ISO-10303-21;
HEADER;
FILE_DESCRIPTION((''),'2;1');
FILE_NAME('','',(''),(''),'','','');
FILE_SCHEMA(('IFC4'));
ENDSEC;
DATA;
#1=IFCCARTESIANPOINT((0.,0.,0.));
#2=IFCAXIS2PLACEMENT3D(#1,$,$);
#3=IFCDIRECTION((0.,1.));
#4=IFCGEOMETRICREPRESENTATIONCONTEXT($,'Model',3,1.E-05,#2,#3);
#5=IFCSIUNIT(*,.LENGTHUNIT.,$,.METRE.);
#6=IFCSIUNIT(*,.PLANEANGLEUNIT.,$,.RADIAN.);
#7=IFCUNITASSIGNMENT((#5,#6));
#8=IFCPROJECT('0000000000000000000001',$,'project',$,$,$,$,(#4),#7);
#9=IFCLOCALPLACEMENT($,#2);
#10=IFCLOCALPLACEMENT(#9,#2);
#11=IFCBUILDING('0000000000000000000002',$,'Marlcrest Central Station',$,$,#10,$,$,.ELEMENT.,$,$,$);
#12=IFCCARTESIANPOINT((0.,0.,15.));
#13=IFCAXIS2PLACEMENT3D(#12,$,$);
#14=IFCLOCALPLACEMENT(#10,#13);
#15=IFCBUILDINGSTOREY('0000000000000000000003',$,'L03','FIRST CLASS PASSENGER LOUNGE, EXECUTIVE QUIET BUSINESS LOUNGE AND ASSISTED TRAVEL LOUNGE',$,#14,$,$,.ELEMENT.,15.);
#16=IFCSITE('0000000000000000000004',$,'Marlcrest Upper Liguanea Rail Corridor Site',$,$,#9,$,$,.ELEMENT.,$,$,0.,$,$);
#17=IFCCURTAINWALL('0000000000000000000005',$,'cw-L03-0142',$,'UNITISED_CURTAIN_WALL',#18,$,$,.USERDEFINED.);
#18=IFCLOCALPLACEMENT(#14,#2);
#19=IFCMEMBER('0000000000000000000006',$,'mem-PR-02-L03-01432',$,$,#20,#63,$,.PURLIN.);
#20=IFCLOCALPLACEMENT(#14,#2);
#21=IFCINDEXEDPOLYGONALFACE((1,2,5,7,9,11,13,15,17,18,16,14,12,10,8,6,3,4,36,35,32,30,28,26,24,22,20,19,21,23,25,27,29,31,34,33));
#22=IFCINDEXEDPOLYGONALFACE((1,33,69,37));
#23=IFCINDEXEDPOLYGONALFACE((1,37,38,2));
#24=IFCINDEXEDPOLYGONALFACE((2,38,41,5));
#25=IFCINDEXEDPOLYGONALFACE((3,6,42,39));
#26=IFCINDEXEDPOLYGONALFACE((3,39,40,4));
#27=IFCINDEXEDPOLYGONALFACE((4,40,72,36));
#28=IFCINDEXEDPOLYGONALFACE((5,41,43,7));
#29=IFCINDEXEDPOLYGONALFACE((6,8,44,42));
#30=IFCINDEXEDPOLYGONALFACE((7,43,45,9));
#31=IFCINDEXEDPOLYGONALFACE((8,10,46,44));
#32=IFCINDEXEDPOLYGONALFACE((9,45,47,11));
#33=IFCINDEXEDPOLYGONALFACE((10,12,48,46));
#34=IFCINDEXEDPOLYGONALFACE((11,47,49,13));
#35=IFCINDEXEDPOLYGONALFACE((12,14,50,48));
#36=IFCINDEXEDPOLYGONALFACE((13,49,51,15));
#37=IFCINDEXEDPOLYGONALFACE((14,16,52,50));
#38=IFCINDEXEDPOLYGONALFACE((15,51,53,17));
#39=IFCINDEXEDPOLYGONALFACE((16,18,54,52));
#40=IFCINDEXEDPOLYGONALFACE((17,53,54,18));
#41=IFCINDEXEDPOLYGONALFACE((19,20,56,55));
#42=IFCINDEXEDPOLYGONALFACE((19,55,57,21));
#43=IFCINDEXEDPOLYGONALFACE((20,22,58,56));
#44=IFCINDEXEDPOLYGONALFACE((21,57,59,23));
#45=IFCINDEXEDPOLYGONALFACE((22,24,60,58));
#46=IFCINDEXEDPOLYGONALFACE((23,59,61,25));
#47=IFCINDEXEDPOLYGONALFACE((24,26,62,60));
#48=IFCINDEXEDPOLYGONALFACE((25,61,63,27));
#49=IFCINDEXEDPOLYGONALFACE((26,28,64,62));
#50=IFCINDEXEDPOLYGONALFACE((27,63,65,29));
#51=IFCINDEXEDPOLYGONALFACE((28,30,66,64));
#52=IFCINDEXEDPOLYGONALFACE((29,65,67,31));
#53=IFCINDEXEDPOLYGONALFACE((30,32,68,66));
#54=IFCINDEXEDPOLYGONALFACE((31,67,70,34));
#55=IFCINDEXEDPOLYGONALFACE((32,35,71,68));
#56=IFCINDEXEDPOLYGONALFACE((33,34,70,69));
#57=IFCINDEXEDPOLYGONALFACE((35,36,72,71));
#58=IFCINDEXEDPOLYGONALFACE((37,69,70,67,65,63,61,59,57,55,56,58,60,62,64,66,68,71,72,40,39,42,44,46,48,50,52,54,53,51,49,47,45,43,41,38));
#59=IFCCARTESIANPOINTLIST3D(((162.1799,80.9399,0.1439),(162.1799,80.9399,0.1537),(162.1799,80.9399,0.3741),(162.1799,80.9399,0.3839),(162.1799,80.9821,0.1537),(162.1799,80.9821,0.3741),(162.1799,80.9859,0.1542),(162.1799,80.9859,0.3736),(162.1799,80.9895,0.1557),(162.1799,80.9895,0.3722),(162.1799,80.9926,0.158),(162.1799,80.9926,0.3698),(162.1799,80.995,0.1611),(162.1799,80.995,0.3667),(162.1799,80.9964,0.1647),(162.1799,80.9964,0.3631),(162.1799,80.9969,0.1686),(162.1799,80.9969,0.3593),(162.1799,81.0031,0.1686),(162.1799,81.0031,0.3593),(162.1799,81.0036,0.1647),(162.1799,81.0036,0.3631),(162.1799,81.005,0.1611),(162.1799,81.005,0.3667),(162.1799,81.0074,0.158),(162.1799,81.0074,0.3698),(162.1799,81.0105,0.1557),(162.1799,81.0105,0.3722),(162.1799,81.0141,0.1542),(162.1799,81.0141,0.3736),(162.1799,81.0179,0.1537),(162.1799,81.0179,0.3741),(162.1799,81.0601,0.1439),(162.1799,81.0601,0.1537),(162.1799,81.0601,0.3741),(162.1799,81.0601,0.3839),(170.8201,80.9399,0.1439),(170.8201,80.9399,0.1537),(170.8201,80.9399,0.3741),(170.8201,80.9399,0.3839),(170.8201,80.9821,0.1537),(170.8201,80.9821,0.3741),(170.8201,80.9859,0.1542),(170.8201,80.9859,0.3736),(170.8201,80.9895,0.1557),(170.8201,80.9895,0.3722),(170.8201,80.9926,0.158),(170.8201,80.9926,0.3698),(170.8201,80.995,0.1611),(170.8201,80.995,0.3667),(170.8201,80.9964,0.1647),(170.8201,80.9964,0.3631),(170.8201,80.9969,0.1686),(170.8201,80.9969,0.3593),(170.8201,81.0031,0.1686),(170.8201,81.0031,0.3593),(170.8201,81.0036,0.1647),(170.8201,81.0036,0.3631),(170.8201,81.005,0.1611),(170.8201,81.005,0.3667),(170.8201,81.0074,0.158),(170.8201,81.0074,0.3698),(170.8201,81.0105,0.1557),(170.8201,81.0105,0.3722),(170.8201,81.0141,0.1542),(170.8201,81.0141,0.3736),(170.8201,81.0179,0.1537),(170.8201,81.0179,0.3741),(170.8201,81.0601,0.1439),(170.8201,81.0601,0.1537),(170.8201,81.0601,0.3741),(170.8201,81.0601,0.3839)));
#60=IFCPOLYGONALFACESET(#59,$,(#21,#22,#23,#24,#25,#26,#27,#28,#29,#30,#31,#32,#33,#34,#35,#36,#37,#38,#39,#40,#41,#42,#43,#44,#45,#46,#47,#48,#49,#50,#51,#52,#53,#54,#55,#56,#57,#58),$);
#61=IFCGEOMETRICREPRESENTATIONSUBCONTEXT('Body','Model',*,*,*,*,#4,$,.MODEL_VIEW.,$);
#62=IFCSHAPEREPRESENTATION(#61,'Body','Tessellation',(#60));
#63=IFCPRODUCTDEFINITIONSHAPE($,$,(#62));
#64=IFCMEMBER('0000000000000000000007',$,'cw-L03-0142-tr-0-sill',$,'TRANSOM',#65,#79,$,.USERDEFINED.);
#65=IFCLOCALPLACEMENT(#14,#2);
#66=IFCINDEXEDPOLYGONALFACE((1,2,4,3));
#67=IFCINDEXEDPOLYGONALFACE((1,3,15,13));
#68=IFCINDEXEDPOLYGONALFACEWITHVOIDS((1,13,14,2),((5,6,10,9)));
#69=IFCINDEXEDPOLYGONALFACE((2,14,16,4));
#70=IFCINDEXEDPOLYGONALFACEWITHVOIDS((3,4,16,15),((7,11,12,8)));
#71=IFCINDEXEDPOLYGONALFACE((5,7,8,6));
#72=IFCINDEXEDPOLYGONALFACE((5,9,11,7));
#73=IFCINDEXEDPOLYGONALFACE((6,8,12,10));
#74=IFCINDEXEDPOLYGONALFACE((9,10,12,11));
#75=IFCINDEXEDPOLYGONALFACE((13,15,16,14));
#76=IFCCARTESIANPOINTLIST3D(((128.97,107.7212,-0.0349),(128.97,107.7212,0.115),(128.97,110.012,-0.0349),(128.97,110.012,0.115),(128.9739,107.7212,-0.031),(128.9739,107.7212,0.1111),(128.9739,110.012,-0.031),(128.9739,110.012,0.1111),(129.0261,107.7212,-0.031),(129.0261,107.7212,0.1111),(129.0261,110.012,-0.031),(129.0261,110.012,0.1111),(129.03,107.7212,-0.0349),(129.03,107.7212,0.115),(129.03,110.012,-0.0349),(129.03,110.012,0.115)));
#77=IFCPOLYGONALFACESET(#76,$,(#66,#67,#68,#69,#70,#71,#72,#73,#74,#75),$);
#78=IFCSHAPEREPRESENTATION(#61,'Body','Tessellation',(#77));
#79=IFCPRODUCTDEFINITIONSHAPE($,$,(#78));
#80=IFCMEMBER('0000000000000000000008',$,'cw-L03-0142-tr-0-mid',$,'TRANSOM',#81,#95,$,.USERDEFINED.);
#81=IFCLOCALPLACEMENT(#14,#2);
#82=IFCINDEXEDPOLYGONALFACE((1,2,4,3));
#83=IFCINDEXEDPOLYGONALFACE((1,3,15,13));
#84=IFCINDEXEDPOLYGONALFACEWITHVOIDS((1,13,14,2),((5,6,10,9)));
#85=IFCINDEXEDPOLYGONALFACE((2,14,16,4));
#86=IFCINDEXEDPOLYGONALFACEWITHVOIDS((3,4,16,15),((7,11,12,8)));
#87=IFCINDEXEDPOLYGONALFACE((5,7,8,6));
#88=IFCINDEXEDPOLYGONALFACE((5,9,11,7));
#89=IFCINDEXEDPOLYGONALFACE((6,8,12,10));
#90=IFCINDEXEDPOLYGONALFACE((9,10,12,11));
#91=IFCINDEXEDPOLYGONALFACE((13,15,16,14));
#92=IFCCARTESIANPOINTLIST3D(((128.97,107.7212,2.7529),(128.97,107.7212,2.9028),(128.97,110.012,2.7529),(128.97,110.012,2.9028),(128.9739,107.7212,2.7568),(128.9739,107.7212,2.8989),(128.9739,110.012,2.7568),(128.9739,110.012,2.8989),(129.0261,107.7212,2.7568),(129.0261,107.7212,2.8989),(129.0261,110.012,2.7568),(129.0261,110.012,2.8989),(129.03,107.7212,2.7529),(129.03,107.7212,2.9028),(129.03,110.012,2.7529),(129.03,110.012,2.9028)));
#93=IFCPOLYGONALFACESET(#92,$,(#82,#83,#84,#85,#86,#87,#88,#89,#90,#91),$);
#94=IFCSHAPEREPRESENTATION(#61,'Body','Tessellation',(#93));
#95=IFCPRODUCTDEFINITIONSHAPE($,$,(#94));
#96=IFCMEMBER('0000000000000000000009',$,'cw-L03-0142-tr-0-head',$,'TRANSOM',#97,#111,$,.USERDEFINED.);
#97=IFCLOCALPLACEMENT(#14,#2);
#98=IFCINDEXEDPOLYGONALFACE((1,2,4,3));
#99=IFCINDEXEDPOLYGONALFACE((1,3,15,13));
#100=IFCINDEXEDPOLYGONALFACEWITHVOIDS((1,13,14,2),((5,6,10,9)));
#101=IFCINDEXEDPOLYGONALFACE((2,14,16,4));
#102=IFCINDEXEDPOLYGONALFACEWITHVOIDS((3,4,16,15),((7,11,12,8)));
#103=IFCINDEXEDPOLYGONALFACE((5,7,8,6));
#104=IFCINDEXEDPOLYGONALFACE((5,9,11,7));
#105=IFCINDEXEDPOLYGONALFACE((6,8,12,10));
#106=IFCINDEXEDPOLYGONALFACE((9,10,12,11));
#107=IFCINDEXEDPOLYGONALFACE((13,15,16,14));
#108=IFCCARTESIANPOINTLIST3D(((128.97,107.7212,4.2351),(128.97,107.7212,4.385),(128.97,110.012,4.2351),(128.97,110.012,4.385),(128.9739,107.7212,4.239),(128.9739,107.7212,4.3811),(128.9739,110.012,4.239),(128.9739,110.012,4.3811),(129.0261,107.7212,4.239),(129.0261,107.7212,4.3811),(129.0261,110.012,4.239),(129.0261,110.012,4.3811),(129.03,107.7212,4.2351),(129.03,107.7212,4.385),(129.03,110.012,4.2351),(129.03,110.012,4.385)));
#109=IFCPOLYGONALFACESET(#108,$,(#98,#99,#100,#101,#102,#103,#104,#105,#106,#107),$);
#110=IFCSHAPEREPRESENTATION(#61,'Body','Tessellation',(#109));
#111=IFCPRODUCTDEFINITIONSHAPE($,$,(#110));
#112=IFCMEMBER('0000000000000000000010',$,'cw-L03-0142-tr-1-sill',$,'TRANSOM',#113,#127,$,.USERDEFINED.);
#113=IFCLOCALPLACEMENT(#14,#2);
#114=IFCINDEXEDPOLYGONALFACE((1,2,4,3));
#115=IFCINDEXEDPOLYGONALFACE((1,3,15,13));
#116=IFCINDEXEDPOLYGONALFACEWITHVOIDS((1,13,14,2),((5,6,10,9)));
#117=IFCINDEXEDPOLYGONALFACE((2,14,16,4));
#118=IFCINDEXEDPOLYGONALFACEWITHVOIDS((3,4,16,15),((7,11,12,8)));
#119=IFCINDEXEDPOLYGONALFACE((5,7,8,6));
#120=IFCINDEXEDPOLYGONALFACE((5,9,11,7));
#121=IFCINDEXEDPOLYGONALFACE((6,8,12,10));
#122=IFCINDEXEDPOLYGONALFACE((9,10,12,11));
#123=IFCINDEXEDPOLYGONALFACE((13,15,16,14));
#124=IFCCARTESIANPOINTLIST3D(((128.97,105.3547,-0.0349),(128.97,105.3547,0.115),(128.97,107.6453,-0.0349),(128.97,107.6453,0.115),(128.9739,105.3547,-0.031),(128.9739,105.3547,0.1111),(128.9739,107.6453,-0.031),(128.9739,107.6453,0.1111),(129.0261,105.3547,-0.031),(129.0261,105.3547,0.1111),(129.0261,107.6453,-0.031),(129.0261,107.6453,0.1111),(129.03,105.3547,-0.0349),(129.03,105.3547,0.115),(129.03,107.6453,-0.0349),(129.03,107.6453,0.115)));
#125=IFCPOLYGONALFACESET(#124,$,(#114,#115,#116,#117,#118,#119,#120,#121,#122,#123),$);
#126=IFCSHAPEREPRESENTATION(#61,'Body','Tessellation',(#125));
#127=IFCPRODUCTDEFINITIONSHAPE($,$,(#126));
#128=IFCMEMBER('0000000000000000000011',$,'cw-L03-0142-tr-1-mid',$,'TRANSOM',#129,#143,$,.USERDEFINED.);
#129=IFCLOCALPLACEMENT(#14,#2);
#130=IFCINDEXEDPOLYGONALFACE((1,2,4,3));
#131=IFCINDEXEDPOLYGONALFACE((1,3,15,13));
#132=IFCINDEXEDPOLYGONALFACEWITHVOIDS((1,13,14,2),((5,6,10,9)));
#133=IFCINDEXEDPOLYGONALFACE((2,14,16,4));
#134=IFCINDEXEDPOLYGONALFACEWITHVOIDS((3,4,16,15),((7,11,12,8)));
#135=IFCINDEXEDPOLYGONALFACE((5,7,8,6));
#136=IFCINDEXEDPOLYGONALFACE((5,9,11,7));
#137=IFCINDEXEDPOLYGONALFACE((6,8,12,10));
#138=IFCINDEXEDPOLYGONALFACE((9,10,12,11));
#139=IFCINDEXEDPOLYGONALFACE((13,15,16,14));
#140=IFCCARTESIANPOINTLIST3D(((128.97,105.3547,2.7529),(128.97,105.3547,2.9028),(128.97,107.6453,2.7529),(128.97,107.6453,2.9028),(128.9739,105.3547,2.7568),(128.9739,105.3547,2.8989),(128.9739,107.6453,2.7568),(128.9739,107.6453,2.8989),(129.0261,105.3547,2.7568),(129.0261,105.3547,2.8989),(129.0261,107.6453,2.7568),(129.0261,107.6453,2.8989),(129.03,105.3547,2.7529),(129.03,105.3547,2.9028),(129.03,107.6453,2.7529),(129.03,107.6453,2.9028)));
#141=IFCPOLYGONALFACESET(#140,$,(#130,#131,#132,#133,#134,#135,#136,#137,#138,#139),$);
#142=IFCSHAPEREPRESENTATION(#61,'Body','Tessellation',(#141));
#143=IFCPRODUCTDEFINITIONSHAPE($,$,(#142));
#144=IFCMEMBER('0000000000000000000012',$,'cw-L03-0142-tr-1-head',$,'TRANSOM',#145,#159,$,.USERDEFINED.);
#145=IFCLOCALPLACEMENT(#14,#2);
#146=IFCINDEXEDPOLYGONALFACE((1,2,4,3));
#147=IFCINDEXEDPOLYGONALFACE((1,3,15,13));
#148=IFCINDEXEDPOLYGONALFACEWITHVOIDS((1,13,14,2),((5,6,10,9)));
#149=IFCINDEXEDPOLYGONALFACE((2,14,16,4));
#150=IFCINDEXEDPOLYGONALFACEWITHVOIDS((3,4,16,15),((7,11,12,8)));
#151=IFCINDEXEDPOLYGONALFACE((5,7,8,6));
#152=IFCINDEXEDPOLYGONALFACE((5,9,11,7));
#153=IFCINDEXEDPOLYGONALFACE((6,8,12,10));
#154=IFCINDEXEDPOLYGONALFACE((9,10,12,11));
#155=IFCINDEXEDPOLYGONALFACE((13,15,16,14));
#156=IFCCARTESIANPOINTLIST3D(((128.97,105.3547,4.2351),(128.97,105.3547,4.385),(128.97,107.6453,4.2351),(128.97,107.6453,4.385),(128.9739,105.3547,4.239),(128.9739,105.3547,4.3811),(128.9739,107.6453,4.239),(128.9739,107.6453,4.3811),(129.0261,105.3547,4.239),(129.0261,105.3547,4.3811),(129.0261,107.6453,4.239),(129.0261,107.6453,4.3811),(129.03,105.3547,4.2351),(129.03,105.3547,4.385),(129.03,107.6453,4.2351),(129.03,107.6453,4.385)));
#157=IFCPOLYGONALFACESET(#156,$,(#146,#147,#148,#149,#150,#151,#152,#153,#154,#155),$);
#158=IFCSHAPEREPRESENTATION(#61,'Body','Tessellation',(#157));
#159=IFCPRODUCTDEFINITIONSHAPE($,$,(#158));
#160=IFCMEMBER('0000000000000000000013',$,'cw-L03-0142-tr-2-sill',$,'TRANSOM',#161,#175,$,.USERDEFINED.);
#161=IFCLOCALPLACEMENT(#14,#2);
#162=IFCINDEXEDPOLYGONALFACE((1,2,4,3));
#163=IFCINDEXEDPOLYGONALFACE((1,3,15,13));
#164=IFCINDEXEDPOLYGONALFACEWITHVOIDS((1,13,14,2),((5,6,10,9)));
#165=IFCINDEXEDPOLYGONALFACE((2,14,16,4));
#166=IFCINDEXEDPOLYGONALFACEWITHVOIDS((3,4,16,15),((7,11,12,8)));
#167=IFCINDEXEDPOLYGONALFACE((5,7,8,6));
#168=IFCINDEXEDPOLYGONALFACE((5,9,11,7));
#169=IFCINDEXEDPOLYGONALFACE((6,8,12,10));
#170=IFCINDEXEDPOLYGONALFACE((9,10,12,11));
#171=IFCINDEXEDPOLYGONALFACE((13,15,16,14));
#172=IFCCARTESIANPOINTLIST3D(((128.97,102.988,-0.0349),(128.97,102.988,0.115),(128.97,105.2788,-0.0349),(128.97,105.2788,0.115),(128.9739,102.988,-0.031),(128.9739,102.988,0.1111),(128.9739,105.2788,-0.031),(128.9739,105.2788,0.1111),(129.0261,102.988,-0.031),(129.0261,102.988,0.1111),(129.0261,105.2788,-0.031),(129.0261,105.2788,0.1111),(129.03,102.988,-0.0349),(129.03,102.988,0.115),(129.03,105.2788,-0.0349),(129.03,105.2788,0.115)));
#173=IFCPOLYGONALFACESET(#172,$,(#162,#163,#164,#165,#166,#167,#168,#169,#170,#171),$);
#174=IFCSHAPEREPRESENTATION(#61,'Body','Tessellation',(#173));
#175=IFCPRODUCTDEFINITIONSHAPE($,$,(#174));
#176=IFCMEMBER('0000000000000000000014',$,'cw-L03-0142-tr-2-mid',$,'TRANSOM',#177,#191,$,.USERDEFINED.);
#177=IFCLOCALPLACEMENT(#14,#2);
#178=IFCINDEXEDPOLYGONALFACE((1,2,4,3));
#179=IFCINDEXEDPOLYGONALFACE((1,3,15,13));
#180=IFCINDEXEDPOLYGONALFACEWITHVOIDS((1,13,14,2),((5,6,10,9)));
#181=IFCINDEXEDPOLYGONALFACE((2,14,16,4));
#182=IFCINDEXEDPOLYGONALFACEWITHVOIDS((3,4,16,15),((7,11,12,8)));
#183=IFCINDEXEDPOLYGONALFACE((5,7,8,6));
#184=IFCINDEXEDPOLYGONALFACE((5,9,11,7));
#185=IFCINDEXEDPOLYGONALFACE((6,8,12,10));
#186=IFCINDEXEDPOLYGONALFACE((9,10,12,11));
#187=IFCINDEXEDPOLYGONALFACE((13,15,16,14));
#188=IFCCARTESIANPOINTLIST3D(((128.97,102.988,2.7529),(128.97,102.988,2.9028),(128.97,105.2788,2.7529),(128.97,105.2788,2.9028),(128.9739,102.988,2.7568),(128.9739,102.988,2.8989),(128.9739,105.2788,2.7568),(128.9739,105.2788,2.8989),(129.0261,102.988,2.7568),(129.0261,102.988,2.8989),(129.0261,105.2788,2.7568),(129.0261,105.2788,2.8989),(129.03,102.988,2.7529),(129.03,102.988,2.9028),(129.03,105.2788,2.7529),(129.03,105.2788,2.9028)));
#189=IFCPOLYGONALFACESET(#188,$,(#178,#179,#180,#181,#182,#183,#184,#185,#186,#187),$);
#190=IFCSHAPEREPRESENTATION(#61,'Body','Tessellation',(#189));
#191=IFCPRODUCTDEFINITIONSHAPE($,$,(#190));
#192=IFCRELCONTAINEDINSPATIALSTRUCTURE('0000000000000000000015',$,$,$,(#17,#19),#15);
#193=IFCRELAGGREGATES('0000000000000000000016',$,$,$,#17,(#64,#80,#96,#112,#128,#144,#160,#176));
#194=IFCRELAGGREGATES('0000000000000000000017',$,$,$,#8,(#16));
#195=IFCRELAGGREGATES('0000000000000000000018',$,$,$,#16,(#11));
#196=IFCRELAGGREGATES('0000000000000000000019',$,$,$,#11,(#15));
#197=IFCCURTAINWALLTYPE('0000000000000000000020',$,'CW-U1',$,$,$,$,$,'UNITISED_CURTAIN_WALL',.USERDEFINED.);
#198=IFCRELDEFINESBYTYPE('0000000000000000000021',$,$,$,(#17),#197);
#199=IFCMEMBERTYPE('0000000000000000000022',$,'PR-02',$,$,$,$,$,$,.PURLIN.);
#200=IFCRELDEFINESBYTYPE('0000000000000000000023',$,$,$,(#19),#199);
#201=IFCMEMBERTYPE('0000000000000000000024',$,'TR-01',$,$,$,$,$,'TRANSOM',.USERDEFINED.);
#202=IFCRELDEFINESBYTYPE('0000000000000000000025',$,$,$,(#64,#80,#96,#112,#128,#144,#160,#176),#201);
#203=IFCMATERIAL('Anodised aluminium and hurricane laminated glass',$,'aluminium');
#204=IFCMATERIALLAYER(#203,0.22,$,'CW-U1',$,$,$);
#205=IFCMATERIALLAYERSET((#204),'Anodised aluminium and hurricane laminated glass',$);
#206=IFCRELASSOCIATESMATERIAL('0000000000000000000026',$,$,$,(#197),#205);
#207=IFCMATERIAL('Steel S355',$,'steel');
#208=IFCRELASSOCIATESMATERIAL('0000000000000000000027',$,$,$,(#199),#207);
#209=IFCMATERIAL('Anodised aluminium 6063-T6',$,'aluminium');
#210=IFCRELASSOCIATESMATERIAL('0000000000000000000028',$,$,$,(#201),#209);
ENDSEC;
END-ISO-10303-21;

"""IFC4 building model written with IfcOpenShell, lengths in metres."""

from ifc_helpers import new_model, si_unit, direction, frame, origin, origin_2d, place, context, subcontext, project, spatial, hollow_rectangle, i_section, extrude, material, layer, layer_set, material_profile, profile_set, type_object, element, aggregate, save


model = new_model("IFC4")

# Units and contexts
model_context = context("Model", 3, precision=1e-05, world=origin(), true_north=direction((0.0, 1.0)))
body_context = subcontext(model_context, "Body", "Model", "MODEL_VIEW")
ifc_project = project(units=[si_unit("LENGTHUNIT", "METRE"), si_unit("PLANEANGLEUNIT", "RADIAN")], contexts=[model_context])

# Site, building, storey
site_placement = place(None, origin())
site = spatial("IfcSite", under=ifc_project, at=site_placement, Name="Marlcrest Upper Liguanea Rail Corridor Site", CompositionType="ELEMENT", RefElevation=0.0)
building_placement = place(site_placement, origin())
building = spatial("IfcBuilding", under=site, at=building_placement, Name="Marlcrest Central Station", CompositionType="ELEMENT")
storey_placement = place(building_placement, frame((0.0, 0.0, 15.0)))
storey = spatial("IfcBuildingStorey", under=building, at=storey_placement, Name="L03", Description="FIRST CLASS PASSENGER LOUNGE, EXECUTIVE QUIET BUSINESS LOUNGE AND ASSISTED TRAVEL LOUNGE", CompositionType="ELEMENT", Elevation=15.0)

# Shared definitions
ifc_material_1 = material(Name="Steel S355", Category="steel")

# Shared definitions
ifc_material_2 = material(Name="Anodised aluminium and hurricane laminated glass", Category="aluminium")
ifc_layer_1 = layer(ifc_material_2, 0.22, Name="CW-U1")
ifc_layer_set_1 = layer_set([ifc_layer_1], Name="Anodised aluminium and hurricane laminated glass")
curtain_wall_type = type_object("IfcCurtainWallType", Name="CW-U1", ElementType="UNITISED_CURTAIN_WALL", PredefinedType="USERDEFINED", material=ifc_layer_set_1)
ifc_material_3 = material(Name="Anodised aluminium 6063-T6", Category="aluminium")

# Curtain wall
curtain_wall_1_placement = place(storey_placement, origin())
curtain_wall_1 = element("IfcCurtainWall", 1, at=curtain_wall_1_placement, inside=storey, type_object=curtain_wall_type, Name="cw-L03-0142", ObjectType="UNITISED_CURTAIN_WALL", PredefinedType="USERDEFINED")

# Member
ifc_material_profile_1 = material_profile(ifc_material_1, i_section(OverallWidth=0.1201, OverallDepth=0.24, WebThickness=0.0061, FlangeThickness=0.0098, FilletRadius=0.0149, at=origin_2d()), Name="IPE 240")
ifc_profile_set_1 = profile_set([ifc_material_profile_1], Name="Steel S355")
member_type_1 = type_object("IfcMemberType", Name="PR-02", PredefinedType="PURLIN", material=ifc_profile_set_1)
for number, where, z_axis, x_axis, name in (
    (2, (162.1799, 81.0, 0.2639), (1.0, 0.0, 0.0), (0.0, 1.0, 0.0), "mem-PR-02-L03-01432"),
):
    element("IfcMember", number, at=place(storey_placement, frame(where, z_axis=z_axis, x_axis=x_axis)), inside=storey, type_object=member_type_1, Name=name, PredefinedType="PURLIN", context=body_context, shape_type="SweptSolid", body=[
        extrude(i_section(OverallWidth=0.1201, OverallDepth=0.24, WebThickness=0.0061, FlangeThickness=0.0098, FilletRadius=0.0149, at=origin_2d()), origin(), (0.0, 0.0, 1.0), 8.6401),
    ])

# Members
ifc_material_profile_2 = material_profile(ifc_material_3, hollow_rectangle(XDim=0.0601, YDim=0.1499, WallThickness=0.0039, at=origin_2d()), Name="AA-RHS 150x60x4")
ifc_profile_set_2 = profile_set([ifc_material_profile_2], Name="Anodised aluminium 6063-T6")
member_type_2 = type_object("IfcMemberType", Name="TR-01", ElementType="TRANSOM", PredefinedType="USERDEFINED", material=ifc_profile_set_2)
member_1_placement = place(storey_placement, frame((129.0, 110.012, 0.04), z_axis=(0.0, -1.0, 0.0), x_axis=(1.0, 0.0, 0.0)))
member_1 = element("IfcMember", 3, at=member_1_placement, type_object=member_type_2, Name="cw-L03-0142-tr-0-sill", ObjectType="TRANSOM", PredefinedType="USERDEFINED", context=body_context, shape_type="SweptSolid", body=[
    extrude(hollow_rectangle(XDim=0.0601, YDim=0.1499, WallThickness=0.0039, at=origin_2d()), origin(), (0.0, 0.0, 1.0), 2.2908),
])
member_2_placement = place(storey_placement, frame((129.0, 110.012, 2.8279), z_axis=(0.0, -1.0, 0.0), x_axis=(1.0, 0.0, 0.0)))
member_2 = element("IfcMember", 4, at=member_2_placement, type_object=member_type_2, Name="cw-L03-0142-tr-0-mid", ObjectType="TRANSOM", PredefinedType="USERDEFINED", context=body_context, shape_type="SweptSolid", body=[
    extrude(hollow_rectangle(XDim=0.0601, YDim=0.1499, WallThickness=0.0039, at=origin_2d()), origin(), (0.0, 0.0, 1.0), 2.2908),
])
member_3_placement = place(storey_placement, frame((129.0, 110.012, 4.3101), z_axis=(0.0, -1.0, 0.0), x_axis=(1.0, 0.0, 0.0)))
member_3 = element("IfcMember", 5, at=member_3_placement, type_object=member_type_2, Name="cw-L03-0142-tr-0-head", ObjectType="TRANSOM", PredefinedType="USERDEFINED", context=body_context, shape_type="SweptSolid", body=[
    extrude(hollow_rectangle(XDim=0.0601, YDim=0.1499, WallThickness=0.0039, at=origin_2d()), origin(), (0.0, 0.0, 1.0), 2.2908),
])
member_4_placement = place(storey_placement, frame((129.0, 107.6453, 0.04), z_axis=(0.0, -1.0, 0.0), x_axis=(1.0, 0.0, 0.0)))
member_4 = element("IfcMember", 6, at=member_4_placement, type_object=member_type_2, Name="cw-L03-0142-tr-1-sill", ObjectType="TRANSOM", PredefinedType="USERDEFINED", context=body_context, shape_type="SweptSolid", body=[
    extrude(hollow_rectangle(XDim=0.0601, YDim=0.1499, WallThickness=0.0039, at=origin_2d()), origin(), (0.0, 0.0, 1.0), 2.2905),
])
member_5_placement = place(storey_placement, frame((129.0, 107.6453, 2.8279), z_axis=(0.0, -1.0, 0.0), x_axis=(1.0, 0.0, 0.0)))
member_5 = element("IfcMember", 7, at=member_5_placement, type_object=member_type_2, Name="cw-L03-0142-tr-1-mid", ObjectType="TRANSOM", PredefinedType="USERDEFINED", context=body_context, shape_type="SweptSolid", body=[
    extrude(hollow_rectangle(XDim=0.0601, YDim=0.1499, WallThickness=0.0039, at=origin_2d()), origin(), (0.0, 0.0, 1.0), 2.2905),
])
member_6_placement = place(storey_placement, frame((129.0, 107.6453, 4.3101), z_axis=(0.0, -1.0, 0.0), x_axis=(1.0, 0.0, 0.0)))
member_6 = element("IfcMember", 8, at=member_6_placement, type_object=member_type_2, Name="cw-L03-0142-tr-1-head", ObjectType="TRANSOM", PredefinedType="USERDEFINED", context=body_context, shape_type="SweptSolid", body=[
    extrude(hollow_rectangle(XDim=0.0601, YDim=0.1499, WallThickness=0.0039, at=origin_2d()), origin(), (0.0, 0.0, 1.0), 2.2905),
])
member_7_placement = place(storey_placement, frame((129.0, 105.2788, 0.04), z_axis=(0.0, -1.0, 0.0), x_axis=(1.0, 0.0, 0.0)))
member_7 = element("IfcMember", 9, at=member_7_placement, type_object=member_type_2, Name="cw-L03-0142-tr-2-sill", ObjectType="TRANSOM", PredefinedType="USERDEFINED", context=body_context, shape_type="SweptSolid", body=[
    extrude(hollow_rectangle(XDim=0.0601, YDim=0.1499, WallThickness=0.0039, at=origin_2d()), origin(), (0.0, 0.0, 1.0), 2.2908),
])
member_8_placement = place(storey_placement, frame((129.0, 105.2788, 2.8279), z_axis=(0.0, -1.0, 0.0), x_axis=(1.0, 0.0, 0.0)))
member_8 = element("IfcMember", 10, at=member_8_placement, type_object=member_type_2, Name="cw-L03-0142-tr-2-mid", ObjectType="TRANSOM", PredefinedType="USERDEFINED", context=body_context, shape_type="SweptSolid", body=[
    extrude(hollow_rectangle(XDim=0.0601, YDim=0.1499, WallThickness=0.0039, at=origin_2d()), origin(), (0.0, 0.0, 1.0), 2.2908),
])

aggregate(curtain_wall_1, [member_1, member_2, member_3, member_4, member_5, member_6, member_7, member_8])

save(model, "model.ifc")
